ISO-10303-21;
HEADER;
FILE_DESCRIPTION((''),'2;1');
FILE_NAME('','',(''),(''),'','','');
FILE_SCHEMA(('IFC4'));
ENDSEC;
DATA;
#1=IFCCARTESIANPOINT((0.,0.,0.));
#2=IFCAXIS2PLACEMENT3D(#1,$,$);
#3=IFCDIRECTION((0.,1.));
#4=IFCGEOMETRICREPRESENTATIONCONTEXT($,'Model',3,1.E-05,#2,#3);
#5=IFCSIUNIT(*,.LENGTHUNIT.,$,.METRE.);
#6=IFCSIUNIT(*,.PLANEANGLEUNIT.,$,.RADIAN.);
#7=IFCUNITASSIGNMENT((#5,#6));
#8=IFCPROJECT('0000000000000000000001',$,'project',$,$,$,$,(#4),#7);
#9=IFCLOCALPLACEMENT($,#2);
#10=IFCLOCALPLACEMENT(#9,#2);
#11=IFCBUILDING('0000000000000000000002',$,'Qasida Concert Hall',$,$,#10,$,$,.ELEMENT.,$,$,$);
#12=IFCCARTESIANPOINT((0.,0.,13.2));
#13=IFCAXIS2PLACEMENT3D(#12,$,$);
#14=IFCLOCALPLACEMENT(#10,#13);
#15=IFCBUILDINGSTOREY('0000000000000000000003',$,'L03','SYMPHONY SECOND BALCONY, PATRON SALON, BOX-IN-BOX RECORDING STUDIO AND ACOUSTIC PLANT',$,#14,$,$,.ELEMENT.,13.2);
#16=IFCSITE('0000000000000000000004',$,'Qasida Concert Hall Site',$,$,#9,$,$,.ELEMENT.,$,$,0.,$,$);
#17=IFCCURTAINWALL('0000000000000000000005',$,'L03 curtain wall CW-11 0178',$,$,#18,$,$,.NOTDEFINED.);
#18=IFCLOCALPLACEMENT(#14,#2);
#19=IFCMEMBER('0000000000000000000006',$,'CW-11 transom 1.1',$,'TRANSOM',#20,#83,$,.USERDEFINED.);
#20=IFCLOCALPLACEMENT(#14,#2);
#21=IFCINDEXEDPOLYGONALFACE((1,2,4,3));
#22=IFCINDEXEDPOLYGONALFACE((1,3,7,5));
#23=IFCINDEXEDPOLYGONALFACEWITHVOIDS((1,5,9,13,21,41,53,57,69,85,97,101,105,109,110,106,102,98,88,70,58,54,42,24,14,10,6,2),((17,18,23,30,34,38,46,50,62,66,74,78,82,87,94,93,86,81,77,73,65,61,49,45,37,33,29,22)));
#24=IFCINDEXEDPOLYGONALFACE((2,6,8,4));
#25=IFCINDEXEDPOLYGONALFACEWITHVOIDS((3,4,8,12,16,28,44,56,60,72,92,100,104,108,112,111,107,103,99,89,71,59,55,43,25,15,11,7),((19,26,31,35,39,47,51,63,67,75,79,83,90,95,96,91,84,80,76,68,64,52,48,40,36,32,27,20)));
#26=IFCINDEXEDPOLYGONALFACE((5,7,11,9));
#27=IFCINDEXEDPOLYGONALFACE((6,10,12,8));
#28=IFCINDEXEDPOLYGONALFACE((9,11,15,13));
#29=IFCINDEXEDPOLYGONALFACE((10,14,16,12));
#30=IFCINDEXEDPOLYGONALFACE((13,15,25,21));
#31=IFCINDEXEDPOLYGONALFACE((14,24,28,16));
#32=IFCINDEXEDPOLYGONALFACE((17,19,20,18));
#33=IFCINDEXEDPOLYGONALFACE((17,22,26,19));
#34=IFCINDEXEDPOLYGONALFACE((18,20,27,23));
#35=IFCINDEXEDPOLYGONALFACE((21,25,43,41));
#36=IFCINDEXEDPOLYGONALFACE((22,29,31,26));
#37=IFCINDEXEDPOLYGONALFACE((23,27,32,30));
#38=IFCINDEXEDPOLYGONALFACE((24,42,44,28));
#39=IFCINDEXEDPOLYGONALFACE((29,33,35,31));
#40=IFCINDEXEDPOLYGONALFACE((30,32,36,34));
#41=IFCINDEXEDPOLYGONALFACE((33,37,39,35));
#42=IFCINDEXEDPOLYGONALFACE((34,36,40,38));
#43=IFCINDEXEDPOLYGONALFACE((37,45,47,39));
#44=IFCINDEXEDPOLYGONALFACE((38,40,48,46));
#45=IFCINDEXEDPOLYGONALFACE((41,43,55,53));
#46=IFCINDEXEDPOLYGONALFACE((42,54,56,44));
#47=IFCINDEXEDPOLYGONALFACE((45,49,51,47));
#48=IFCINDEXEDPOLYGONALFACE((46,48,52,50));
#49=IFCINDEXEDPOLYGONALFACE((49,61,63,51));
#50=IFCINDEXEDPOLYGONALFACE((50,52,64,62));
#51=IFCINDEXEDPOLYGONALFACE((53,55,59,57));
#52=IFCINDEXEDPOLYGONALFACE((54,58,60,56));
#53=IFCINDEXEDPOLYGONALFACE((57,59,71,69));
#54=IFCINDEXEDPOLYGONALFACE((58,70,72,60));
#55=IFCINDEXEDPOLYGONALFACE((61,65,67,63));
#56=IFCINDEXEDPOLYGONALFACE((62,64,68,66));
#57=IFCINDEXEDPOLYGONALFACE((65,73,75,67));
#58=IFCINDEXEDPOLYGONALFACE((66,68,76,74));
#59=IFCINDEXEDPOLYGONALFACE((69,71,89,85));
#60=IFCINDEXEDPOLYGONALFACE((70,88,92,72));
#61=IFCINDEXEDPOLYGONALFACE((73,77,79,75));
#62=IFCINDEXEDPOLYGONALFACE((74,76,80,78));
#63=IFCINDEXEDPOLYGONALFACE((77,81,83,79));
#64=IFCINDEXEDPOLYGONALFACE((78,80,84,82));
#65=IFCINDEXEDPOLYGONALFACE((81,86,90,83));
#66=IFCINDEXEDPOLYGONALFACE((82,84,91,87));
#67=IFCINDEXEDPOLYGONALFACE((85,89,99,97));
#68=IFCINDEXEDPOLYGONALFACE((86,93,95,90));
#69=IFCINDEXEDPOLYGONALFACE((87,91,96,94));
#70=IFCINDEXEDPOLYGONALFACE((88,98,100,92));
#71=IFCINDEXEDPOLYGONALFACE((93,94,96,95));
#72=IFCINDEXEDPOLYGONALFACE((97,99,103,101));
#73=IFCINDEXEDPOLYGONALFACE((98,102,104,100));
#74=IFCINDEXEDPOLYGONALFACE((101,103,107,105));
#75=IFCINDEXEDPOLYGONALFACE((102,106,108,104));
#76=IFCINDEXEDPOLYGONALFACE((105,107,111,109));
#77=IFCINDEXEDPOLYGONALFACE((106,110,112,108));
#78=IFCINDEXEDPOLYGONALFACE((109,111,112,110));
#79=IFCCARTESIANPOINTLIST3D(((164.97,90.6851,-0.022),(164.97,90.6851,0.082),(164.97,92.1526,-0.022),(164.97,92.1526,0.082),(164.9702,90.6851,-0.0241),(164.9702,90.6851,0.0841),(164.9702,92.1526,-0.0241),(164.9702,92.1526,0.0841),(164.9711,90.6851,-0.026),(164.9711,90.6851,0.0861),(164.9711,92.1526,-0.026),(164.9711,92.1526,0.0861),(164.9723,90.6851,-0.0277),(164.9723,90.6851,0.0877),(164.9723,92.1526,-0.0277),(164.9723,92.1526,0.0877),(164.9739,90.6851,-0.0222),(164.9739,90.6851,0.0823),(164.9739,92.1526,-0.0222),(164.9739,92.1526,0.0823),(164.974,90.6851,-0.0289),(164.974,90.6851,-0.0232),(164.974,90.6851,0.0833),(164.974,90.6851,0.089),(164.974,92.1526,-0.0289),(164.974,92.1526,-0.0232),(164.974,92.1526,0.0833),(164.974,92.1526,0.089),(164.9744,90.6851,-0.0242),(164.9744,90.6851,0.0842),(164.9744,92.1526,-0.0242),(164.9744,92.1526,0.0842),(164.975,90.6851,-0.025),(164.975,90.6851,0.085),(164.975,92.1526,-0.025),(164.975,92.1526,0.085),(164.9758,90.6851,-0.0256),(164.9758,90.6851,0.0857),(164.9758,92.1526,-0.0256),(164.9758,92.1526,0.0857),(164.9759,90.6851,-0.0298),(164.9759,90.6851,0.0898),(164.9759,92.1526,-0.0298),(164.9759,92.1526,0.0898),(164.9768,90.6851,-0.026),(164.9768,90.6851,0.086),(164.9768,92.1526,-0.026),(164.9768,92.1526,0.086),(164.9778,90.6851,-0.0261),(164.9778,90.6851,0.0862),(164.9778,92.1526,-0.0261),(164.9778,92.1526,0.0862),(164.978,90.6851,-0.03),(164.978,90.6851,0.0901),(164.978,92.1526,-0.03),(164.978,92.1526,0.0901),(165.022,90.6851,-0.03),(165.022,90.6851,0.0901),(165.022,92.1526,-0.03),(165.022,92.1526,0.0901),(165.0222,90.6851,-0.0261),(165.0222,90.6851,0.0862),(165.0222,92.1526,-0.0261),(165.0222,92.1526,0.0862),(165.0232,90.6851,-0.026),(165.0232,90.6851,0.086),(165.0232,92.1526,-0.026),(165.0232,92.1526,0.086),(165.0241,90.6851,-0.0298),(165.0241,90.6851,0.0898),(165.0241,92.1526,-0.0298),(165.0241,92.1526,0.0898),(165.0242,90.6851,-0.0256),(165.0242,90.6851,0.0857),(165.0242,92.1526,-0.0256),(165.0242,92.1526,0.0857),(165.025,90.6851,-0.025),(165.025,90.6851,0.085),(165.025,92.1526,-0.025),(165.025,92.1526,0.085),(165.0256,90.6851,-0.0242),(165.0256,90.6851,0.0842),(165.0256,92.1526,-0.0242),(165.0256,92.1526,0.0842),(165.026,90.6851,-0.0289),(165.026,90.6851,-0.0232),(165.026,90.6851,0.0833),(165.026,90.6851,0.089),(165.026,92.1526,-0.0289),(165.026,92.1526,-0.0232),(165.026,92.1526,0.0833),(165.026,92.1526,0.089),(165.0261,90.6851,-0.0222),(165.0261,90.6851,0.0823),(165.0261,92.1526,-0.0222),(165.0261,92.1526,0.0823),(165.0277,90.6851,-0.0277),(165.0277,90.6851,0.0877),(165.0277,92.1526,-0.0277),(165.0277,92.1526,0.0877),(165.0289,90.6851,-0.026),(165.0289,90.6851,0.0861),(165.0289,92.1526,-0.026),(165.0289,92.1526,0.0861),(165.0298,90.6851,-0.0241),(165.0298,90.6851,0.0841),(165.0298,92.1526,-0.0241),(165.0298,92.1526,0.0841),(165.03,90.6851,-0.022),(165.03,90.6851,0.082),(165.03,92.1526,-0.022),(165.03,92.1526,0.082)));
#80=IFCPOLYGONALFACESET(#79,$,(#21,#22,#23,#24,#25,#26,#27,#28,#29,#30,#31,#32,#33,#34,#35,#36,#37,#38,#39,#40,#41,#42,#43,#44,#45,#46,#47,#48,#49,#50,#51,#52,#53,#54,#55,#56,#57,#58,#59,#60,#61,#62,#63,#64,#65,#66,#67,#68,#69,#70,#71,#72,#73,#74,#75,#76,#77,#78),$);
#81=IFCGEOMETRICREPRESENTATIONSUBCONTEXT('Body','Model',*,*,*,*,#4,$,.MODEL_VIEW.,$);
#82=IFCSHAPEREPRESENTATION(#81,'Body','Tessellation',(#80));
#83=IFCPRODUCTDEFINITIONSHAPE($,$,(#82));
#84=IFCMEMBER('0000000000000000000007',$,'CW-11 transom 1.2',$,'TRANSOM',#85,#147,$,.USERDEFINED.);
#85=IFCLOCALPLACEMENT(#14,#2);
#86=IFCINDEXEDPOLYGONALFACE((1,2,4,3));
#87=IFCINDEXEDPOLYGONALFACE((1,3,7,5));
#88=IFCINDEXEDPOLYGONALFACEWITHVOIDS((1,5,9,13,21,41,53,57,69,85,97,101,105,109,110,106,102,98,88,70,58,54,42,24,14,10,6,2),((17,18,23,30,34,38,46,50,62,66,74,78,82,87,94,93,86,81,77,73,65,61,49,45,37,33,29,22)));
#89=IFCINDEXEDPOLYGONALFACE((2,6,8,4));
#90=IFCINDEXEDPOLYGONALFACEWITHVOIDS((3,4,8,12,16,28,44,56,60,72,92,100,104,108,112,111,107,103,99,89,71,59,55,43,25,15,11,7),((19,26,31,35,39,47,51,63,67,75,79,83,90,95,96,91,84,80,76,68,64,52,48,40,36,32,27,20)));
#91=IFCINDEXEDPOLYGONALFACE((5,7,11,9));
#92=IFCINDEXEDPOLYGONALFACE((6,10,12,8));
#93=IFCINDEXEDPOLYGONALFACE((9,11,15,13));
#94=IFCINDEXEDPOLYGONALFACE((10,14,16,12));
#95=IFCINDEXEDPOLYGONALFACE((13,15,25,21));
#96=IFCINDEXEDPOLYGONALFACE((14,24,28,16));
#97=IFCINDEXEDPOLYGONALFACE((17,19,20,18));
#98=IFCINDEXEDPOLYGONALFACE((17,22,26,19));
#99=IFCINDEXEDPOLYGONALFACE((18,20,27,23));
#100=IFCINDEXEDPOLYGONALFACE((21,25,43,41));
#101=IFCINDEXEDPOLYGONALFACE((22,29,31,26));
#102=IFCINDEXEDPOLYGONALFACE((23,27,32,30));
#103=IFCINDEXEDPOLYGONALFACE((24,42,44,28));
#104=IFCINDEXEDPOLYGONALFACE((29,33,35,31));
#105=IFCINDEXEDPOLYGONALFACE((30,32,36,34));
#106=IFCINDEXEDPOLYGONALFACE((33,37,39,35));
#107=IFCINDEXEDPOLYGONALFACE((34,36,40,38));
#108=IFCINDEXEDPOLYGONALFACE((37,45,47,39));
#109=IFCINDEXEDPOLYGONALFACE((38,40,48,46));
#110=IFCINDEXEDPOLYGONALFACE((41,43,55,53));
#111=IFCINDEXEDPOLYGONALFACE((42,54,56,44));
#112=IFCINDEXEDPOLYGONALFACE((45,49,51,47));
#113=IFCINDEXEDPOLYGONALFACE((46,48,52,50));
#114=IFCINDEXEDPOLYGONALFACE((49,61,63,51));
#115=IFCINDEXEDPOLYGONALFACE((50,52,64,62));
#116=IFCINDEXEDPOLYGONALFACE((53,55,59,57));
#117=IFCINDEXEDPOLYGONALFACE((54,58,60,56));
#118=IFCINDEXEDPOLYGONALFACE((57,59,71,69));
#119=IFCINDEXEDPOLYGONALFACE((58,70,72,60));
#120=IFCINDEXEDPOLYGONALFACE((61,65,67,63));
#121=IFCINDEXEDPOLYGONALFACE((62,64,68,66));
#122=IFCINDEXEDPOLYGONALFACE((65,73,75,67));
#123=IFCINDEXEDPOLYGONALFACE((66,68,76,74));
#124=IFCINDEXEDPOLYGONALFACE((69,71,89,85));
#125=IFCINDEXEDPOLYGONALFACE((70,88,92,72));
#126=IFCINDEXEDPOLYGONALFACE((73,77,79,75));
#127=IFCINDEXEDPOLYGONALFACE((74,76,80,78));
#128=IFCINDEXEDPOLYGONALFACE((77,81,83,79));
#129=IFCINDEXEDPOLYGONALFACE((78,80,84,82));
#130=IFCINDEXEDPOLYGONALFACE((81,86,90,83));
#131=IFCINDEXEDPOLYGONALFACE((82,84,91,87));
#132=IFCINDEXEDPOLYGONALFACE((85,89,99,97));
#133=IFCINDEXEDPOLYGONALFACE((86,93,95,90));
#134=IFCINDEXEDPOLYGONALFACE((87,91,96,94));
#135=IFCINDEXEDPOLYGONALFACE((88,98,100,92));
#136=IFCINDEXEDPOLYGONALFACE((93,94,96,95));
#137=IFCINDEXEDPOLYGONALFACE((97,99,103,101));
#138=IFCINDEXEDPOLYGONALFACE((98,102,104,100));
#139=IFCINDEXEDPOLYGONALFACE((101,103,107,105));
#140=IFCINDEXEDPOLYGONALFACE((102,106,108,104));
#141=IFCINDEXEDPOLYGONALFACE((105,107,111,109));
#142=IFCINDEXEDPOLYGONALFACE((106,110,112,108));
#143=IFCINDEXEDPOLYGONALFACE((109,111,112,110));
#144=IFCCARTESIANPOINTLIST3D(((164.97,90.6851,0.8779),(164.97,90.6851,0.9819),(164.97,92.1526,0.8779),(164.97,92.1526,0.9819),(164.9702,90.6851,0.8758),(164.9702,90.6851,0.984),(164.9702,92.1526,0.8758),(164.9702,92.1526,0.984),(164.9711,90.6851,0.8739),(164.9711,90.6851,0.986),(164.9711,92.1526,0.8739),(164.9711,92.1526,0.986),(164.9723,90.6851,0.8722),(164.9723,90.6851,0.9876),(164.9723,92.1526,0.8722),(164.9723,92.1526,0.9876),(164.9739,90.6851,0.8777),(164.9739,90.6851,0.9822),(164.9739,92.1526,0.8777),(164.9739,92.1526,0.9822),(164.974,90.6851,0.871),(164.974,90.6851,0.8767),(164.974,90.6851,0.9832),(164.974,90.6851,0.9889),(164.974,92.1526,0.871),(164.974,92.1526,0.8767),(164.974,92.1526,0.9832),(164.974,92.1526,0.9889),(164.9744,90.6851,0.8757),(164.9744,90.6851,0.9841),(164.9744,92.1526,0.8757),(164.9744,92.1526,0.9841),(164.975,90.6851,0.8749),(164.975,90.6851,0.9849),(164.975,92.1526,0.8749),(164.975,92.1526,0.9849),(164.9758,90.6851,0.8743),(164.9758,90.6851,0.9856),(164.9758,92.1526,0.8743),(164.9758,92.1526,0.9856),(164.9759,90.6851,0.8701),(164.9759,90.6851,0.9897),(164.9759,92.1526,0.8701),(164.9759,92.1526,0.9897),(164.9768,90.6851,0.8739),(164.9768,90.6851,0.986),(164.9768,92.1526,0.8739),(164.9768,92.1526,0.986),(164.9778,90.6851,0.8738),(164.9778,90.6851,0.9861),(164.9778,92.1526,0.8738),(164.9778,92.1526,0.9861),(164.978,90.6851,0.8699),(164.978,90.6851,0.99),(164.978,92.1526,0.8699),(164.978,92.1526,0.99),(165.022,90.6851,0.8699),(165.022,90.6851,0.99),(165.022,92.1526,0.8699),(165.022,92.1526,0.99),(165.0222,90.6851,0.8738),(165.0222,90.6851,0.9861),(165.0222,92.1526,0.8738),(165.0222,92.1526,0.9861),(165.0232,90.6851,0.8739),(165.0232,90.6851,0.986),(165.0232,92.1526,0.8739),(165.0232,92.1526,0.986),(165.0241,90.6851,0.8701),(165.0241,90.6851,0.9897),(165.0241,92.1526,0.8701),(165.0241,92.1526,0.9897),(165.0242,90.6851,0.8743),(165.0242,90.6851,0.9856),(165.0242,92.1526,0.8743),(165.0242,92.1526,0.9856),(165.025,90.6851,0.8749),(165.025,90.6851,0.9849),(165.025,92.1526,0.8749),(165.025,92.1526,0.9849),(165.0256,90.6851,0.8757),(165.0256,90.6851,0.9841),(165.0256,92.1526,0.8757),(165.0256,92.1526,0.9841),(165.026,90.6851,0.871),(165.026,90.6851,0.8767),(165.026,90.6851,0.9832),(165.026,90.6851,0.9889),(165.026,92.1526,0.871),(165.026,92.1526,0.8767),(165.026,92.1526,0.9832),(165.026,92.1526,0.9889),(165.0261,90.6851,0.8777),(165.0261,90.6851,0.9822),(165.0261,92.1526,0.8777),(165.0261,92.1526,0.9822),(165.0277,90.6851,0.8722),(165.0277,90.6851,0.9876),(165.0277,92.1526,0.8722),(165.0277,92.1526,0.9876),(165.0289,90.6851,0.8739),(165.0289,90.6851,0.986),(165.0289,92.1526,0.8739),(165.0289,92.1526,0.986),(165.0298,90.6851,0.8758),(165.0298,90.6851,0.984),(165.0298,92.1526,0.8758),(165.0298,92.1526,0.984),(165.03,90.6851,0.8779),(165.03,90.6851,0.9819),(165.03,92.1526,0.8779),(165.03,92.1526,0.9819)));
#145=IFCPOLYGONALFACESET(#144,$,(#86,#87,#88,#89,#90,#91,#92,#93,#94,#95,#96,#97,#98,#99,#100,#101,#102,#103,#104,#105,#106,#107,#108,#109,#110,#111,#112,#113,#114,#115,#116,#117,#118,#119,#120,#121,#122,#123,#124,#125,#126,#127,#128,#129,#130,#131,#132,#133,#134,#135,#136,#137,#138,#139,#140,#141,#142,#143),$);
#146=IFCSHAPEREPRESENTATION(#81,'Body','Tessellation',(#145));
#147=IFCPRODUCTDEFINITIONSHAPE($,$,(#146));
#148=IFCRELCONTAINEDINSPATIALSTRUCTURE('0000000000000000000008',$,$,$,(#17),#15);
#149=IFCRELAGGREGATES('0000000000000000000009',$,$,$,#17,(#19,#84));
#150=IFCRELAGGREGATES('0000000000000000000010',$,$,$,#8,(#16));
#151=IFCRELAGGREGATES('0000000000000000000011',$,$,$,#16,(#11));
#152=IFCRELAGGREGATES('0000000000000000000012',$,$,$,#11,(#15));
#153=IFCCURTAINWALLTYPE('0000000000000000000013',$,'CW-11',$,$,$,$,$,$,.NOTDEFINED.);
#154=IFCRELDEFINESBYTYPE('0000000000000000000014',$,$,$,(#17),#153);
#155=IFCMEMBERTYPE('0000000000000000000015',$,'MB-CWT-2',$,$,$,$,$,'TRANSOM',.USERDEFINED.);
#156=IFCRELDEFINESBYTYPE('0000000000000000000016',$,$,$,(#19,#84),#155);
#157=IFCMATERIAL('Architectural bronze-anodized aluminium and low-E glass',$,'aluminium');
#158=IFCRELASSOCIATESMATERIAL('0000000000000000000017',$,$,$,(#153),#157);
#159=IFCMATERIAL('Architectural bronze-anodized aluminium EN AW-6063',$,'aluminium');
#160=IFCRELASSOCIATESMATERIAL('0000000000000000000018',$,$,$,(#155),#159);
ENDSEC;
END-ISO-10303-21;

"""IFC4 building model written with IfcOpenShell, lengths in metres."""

from ifc_helpers import new_model, si_unit, direction, frame, origin, origin_2d, place, context, subcontext, project, spatial, hollow_rectangle, extrude, material, material_profile, profile_set, type_object, element, aggregate, save


model = new_model("IFC4")

# Units and contexts
model_context = context("Model", 3, precision=1e-05, world=origin(), true_north=direction((0.0, 1.0)))
body_context = subcontext(model_context, "Body", "Model", "MODEL_VIEW")
ifc_project = project(units=[si_unit("LENGTHUNIT", "METRE"), si_unit("PLANEANGLEUNIT", "RADIAN")], contexts=[model_context])

# Site, building, storey
site_placement = place(None, origin())
site = spatial("IfcSite", under=ifc_project, at=site_placement, Name="Qasida Concert Hall Site", CompositionType="ELEMENT", RefElevation=0.0)
building_placement = place(site_placement, origin())
building = spatial("IfcBuilding", under=site, at=building_placement, Name="Qasida Concert Hall", CompositionType="ELEMENT")
storey_placement = place(building_placement, frame((0.0, 0.0, 13.2)))
storey = spatial("IfcBuildingStorey", under=building, at=storey_placement, Name="L03", Description="SYMPHONY SECOND BALCONY, PATRON SALON, BOX-IN-BOX RECORDING STUDIO AND ACOUSTIC PLANT", CompositionType="ELEMENT", Elevation=13.2)

# Curtain wall, members
ifc_material_1 = material(Name="Architectural bronze-anodized aluminium and low-E glass", Category="aluminium")
curtain_wall_type = type_object("IfcCurtainWallType", Name="CW-11", PredefinedType="NOTDEFINED", material=ifc_material_1)
curtain_wall_placement = place(storey_placement, origin())
curtain_wall = element("IfcCurtainWall", 1, at=curtain_wall_placement, inside=storey, type_object=curtain_wall_type, Name="L03 curtain wall CW-11 0178", PredefinedType="NOTDEFINED")
ifc_material_2 = material(Name="Architectural bronze-anodized aluminium EN AW-6063", Category="aluminium")
ifc_material_profile_1 = material_profile(ifc_material_2, hollow_rectangle(XDim=0.0601, YDim=0.1201, WallThickness=0.0039, InnerFilletRadius=0.0039, OuterFilletRadius=0.0081, at=origin_2d()), Name="CWT 120x60x4")
ifc_profile_set_1 = profile_set([ifc_material_profile_1], Name="Architectural bronze-anodized aluminium EN AW-6063")
member_type_1 = type_object("IfcMemberType", Name="MB-CWT-2", ElementType="TRANSOM", PredefinedType="USERDEFINED", material=ifc_profile_set_1)
member_1_placement = place(storey_placement, frame((165.0, 90.6851, 0.03), z_axis=(0.0, 1.0, 0.0), x_axis=(-1.0, 0.0, 0.0)))
member_1 = element("IfcMember", 2, at=member_1_placement, type_object=member_type_1, Name="CW-11 transom 1.1", ObjectType="TRANSOM", PredefinedType="USERDEFINED", context=body_context, shape_type="SweptSolid", body=[
    extrude(hollow_rectangle(XDim=0.0601, YDim=0.1201, WallThickness=0.0039, InnerFilletRadius=0.0039, OuterFilletRadius=0.0081, at=origin_2d()), origin(), (0.0, 0.0, 1.0), 1.4675),
])
member_2_placement = place(storey_placement, frame((165.0, 90.6851, 0.9299), z_axis=(0.0, 1.0, 0.0), x_axis=(-1.0, 0.0, 0.0)))
member_2 = element("IfcMember", 3, at=member_2_placement, type_object=member_type_1, Name="CW-11 transom 1.2", ObjectType="TRANSOM", PredefinedType="USERDEFINED", context=body_context, shape_type="SweptSolid", body=[
    extrude(hollow_rectangle(XDim=0.0601, YDim=0.1201, WallThickness=0.0039, InnerFilletRadius=0.0039, OuterFilletRadius=0.0081, at=origin_2d()), origin(), (0.0, 0.0, 1.0), 1.4675),
])
aggregate(curtain_wall, [member_1, member_2])

save(model, "model.ifc")
